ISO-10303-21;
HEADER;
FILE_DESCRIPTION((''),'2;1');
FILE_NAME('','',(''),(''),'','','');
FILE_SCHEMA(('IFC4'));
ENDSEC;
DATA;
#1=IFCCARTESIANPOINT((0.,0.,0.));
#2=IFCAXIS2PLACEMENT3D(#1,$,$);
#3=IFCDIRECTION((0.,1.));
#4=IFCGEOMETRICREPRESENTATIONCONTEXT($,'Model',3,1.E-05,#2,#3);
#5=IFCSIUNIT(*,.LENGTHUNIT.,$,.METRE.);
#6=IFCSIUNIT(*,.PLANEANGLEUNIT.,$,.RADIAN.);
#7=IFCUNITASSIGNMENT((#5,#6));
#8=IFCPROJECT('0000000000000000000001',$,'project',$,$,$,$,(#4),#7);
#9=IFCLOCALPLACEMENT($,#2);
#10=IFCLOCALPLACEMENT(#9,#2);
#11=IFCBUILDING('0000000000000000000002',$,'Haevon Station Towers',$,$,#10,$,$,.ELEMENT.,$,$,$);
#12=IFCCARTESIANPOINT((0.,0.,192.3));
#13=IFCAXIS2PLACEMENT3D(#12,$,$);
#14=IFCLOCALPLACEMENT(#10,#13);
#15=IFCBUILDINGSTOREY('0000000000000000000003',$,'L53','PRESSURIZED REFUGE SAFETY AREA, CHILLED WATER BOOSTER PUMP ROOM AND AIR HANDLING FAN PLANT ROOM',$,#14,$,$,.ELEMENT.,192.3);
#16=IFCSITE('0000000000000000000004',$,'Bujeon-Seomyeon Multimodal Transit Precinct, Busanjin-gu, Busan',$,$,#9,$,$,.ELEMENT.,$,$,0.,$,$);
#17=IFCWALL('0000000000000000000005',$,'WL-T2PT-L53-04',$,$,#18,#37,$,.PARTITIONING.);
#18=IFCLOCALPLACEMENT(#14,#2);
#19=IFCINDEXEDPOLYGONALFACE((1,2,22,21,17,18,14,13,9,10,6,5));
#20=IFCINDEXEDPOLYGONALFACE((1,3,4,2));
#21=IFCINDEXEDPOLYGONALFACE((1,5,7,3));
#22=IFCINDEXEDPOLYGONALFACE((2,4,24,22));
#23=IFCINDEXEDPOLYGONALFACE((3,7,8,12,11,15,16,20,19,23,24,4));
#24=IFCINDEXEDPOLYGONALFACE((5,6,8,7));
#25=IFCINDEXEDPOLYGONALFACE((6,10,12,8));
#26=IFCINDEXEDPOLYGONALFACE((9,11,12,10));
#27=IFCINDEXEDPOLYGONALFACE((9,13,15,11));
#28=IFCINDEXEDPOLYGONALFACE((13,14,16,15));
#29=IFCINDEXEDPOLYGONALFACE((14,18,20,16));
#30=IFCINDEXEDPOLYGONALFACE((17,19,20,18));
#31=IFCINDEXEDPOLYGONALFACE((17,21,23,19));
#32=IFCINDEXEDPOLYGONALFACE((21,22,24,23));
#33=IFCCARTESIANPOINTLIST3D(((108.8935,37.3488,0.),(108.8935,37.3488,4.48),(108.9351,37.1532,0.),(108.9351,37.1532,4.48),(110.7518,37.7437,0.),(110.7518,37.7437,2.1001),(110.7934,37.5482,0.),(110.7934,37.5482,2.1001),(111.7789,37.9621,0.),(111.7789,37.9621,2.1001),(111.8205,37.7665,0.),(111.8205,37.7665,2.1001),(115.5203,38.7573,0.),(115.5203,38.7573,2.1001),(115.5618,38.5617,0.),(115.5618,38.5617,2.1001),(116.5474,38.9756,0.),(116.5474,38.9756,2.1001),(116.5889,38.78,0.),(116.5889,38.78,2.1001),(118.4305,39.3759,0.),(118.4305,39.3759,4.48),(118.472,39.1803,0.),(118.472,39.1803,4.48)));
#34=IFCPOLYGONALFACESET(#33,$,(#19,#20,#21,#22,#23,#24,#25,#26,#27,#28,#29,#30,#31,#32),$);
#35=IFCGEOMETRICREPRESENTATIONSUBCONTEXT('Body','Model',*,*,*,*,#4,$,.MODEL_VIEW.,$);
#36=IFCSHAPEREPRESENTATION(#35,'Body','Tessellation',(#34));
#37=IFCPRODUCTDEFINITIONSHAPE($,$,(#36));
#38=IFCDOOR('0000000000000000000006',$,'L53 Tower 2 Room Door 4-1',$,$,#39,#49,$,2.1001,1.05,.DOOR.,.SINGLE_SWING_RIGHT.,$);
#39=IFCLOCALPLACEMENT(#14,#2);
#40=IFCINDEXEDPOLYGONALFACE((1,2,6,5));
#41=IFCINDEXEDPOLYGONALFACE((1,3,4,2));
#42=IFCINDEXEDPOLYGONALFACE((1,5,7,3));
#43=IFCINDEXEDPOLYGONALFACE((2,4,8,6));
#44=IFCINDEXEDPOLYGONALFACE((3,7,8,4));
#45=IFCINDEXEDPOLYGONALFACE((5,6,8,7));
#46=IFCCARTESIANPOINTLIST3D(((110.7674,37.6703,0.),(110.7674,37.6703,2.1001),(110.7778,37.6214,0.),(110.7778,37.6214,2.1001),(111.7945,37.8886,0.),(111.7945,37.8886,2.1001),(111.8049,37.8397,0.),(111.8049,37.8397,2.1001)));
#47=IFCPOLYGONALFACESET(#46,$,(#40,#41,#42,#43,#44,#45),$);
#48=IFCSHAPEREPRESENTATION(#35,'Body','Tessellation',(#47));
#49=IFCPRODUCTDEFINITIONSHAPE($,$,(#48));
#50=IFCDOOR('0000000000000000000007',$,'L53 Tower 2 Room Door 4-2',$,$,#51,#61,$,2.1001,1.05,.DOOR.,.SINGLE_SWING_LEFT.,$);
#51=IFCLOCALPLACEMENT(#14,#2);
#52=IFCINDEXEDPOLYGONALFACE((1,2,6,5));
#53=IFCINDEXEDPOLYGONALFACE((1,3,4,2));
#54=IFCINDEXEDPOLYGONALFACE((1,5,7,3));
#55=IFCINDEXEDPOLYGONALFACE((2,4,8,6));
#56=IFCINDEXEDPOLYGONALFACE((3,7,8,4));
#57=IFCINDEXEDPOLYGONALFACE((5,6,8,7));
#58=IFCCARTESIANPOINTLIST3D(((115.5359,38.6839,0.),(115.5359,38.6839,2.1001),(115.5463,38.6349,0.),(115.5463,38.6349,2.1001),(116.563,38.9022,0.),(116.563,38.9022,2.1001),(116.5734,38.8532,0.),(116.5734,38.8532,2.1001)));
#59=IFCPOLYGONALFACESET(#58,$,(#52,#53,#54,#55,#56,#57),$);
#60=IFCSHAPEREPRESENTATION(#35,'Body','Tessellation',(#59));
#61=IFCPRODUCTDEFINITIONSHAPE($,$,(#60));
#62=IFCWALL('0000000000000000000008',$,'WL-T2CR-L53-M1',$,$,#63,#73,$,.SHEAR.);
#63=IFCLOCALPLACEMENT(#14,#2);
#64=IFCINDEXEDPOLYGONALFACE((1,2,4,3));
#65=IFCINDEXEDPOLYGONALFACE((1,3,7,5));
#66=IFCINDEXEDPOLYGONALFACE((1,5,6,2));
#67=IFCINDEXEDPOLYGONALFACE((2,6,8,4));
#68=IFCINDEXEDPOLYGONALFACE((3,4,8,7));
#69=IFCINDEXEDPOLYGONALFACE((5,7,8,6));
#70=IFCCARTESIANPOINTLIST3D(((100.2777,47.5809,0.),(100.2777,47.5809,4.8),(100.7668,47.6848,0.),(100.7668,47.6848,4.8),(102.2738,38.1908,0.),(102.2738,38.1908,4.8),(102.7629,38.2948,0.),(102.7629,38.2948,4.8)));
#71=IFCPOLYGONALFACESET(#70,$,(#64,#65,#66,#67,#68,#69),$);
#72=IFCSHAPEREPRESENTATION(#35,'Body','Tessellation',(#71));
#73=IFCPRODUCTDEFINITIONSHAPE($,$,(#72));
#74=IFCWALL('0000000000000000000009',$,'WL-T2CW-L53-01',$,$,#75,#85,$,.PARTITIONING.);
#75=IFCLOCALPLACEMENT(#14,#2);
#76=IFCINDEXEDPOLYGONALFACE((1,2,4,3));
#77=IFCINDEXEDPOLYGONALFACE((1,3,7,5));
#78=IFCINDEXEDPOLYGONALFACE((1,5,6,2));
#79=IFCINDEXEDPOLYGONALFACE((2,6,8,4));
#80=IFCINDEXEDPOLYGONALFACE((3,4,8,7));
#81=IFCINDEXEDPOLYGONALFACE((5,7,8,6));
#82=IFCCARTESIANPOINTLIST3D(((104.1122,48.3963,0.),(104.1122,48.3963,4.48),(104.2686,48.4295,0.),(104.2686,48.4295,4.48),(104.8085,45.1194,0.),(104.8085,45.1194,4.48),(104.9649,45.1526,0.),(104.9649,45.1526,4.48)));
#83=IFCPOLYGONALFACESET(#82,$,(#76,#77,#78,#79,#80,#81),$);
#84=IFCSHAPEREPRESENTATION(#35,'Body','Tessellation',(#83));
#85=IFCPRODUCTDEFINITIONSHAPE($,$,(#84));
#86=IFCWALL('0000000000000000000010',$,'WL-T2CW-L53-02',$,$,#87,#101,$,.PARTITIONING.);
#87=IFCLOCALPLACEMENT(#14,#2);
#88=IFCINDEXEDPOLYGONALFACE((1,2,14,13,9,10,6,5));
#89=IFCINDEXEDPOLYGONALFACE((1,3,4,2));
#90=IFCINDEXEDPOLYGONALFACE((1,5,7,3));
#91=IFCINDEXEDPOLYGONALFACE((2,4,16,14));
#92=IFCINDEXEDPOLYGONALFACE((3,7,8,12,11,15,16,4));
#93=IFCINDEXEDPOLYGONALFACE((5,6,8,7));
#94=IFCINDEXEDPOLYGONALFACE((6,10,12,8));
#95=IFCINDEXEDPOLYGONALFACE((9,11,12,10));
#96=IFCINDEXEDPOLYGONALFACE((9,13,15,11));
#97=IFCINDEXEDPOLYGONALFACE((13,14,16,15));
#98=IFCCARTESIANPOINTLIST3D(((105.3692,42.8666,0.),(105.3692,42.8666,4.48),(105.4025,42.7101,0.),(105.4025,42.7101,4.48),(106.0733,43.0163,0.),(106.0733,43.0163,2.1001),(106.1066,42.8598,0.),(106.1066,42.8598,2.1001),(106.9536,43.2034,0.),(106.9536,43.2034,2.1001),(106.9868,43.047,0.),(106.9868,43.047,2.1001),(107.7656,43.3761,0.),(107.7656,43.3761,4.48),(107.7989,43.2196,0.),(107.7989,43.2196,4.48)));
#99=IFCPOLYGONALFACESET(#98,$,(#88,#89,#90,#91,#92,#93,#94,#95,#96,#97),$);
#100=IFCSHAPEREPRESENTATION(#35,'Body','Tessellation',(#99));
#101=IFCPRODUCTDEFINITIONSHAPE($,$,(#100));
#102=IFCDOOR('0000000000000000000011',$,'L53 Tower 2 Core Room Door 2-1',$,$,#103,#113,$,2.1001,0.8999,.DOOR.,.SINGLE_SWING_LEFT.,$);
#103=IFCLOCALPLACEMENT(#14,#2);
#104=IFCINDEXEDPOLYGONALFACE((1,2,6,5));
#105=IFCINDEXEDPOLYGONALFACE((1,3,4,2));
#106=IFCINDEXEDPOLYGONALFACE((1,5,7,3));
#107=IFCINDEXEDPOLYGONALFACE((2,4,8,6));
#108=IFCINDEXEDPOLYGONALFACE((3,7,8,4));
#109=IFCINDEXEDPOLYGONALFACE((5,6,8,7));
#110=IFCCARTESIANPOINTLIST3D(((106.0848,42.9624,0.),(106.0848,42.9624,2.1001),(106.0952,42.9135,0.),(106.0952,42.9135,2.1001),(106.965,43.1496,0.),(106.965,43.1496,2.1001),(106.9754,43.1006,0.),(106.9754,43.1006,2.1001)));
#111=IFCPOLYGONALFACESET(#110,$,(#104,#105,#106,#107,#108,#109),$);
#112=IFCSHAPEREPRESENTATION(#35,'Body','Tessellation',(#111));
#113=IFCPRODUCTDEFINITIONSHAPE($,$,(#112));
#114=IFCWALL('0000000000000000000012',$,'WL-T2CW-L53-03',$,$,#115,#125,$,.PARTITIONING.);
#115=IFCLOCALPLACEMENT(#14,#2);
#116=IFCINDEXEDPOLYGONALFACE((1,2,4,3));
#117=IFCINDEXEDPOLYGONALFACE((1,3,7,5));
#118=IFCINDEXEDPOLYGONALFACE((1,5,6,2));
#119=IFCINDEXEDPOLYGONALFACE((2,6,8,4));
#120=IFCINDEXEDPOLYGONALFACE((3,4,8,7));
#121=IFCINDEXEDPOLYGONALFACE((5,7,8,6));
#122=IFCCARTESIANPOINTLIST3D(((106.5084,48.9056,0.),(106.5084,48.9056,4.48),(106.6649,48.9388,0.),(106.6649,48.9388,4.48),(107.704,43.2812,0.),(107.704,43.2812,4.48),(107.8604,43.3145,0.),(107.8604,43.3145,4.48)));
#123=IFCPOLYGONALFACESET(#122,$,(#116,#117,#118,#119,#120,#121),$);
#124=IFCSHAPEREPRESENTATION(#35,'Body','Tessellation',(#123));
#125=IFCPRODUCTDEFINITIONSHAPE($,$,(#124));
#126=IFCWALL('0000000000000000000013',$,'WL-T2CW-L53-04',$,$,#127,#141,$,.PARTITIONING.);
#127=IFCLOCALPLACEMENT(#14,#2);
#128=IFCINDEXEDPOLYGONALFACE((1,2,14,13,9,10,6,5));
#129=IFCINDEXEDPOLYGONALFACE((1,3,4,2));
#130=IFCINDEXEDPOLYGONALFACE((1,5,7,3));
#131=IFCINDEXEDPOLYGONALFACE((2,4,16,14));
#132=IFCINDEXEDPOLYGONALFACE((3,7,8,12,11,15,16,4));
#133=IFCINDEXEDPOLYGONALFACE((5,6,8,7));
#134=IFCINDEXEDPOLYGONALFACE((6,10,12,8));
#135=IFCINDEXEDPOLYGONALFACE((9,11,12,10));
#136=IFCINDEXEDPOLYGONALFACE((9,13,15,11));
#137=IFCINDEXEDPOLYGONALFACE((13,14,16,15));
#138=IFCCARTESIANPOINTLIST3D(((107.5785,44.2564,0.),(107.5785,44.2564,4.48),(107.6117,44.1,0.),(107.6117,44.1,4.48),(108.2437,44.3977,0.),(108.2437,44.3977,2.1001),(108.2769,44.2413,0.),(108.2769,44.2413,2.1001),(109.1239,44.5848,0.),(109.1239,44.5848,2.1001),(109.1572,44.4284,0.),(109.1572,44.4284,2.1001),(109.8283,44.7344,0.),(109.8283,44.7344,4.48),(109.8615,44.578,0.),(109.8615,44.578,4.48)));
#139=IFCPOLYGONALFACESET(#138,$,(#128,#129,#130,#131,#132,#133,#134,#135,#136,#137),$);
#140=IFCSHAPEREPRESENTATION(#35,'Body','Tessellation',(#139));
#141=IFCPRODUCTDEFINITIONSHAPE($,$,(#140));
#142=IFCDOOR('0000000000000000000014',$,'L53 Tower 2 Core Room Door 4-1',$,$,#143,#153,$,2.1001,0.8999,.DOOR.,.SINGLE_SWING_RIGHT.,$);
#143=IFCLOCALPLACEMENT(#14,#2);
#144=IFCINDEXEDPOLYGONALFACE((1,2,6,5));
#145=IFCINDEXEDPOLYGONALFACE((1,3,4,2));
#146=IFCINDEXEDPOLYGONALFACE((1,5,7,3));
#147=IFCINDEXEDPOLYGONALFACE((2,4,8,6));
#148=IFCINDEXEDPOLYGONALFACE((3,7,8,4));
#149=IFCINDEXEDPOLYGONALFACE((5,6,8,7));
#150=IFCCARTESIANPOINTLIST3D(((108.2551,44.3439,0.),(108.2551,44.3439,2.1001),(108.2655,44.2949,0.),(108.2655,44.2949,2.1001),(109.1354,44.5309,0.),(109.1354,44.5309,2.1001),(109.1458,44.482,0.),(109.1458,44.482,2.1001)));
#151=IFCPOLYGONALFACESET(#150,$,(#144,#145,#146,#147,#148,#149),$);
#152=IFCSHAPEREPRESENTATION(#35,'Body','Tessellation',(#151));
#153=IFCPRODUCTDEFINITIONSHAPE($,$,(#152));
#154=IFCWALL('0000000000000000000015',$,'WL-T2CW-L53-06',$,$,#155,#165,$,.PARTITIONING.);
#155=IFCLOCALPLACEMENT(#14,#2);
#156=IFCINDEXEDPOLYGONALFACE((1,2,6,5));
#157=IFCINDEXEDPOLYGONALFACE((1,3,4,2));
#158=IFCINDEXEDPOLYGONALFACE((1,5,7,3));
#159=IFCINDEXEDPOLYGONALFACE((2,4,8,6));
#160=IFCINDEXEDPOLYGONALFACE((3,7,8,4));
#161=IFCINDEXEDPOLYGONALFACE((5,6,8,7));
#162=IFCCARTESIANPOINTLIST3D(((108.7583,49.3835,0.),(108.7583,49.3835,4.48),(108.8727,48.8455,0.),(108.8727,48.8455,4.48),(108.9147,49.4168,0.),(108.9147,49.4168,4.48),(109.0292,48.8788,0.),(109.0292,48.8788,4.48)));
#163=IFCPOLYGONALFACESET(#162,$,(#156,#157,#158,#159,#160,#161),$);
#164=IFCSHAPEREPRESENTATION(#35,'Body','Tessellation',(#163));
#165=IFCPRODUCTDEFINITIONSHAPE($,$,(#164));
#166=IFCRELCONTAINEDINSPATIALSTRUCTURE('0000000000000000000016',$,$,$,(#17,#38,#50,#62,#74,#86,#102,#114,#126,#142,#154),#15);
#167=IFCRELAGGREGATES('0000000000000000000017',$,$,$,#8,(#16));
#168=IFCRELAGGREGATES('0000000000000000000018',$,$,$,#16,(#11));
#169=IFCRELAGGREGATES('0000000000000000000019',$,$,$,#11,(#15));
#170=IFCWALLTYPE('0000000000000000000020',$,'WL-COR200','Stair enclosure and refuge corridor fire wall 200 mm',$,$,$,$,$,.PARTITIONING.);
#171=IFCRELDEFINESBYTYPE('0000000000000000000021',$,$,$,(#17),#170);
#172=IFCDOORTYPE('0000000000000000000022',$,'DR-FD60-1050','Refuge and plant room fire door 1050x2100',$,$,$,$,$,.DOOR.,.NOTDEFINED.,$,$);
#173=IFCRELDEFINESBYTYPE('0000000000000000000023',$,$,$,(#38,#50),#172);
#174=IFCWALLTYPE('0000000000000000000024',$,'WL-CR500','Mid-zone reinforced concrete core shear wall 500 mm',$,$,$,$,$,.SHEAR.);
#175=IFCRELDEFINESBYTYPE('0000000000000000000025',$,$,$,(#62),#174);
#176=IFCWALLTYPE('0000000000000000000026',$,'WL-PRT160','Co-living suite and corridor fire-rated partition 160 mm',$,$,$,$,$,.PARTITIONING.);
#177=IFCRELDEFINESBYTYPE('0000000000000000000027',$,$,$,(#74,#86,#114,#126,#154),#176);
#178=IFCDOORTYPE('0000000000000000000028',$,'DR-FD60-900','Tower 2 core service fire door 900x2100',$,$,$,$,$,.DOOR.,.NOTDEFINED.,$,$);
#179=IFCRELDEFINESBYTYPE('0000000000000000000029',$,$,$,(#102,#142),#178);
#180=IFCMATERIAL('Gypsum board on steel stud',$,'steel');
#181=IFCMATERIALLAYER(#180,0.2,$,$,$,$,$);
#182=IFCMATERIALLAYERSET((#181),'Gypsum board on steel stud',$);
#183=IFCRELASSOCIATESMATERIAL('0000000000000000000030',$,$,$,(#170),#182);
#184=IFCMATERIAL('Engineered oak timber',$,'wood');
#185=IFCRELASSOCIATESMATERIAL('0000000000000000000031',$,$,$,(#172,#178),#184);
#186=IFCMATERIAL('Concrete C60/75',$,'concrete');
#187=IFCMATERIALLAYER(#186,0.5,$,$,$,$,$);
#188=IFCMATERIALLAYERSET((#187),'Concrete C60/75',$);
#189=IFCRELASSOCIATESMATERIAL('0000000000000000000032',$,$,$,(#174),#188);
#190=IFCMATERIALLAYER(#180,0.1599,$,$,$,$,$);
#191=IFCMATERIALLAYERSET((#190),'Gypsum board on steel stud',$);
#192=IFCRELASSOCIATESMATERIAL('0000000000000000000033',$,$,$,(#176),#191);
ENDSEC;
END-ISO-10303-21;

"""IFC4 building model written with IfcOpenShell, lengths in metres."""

from ifc_helpers import new_model, si_unit, direction, frame, frame_2d, origin, place, context, subcontext, project, spatial, rectangle, extrude, material, layer, layer_set, type_object, element, fill, save


model = new_model("IFC4")

# Units and contexts
model_context = context("Model", 3, precision=1e-05, world=origin(), true_north=direction((0.0, 1.0)))
body_context = subcontext(model_context, "Body", "Model", "MODEL_VIEW")
ifc_project = project(units=[si_unit("LENGTHUNIT", "METRE"), si_unit("PLANEANGLEUNIT", "RADIAN")], contexts=[model_context])

# Site, building, storey
site_placement = place(None, origin())
site = spatial("IfcSite", under=ifc_project, at=site_placement, Name="Bujeon-Seomyeon Multimodal Transit Precinct, Busanjin-gu, Busan", CompositionType="ELEMENT", RefElevation=0.0)
building_placement = place(site_placement, origin())
building = spatial("IfcBuilding", under=site, at=building_placement, Name="Haevon Station Towers", CompositionType="ELEMENT")
storey_placement = place(building_placement, frame((0.0, 0.0, 192.3)))
storey = spatial("IfcBuildingStorey", under=building, at=storey_placement, Name="L53", Description="PRESSURIZED REFUGE SAFETY AREA, CHILLED WATER BOOSTER PUMP ROOM AND AIR HANDLING FAN PLANT ROOM", CompositionType="ELEMENT", Elevation=192.3)

# Shared definitions
ifc_material_1 = material(Name="Gypsum board on steel stud", Category="steel")
ifc_layer_1 = layer(ifc_material_1, 0.2)
ifc_layer_set_1 = layer_set([ifc_layer_1], Name="Gypsum board on steel stud")
wall_type_1 = type_object("IfcWallType", Name="WL-COR200", Description="Stair enclosure and refuge corridor fire wall 200 mm", PredefinedType="PARTITIONING", material=ifc_layer_set_1)
ifc_material_2 = material(Name="Engineered oak timber", Category="wood")
door_type_1 = type_object("IfcDoorType", Name="DR-FD60-1050", Description="Refuge and plant room fire door 1050x2100", OperationType="NOTDEFINED", PredefinedType="DOOR", material=ifc_material_2)

# Wall, openings, doors
door_type_2 = type_object("IfcDoorType", Name="DR-FD60-900", Description="Tower 2 core service fire door 900x2100", OperationType="NOTDEFINED", PredefinedType="DOOR", material=ifc_material_2)
wall_1_placement = place(storey_placement, frame((108.9143, 37.251, 0.0), z_axis=(0.0, 0.0, 1.0), x_axis=(0.978148, 0.207909, 0.0)))
wall_1 = element("IfcWall", 1, at=wall_1_placement, inside=storey, type_object=wall_type_1, Name="WL-T2PT-L53-04", PredefinedType="PARTITIONING", context=body_context, shape_type="SweptSolid", body=[
    extrude(rectangle(XDim=9.75, YDim=0.2, at=frame_2d((4.875, 0.0))), origin(), (0.0, 0.0, 1.0), 4.48),
])
opening_1_placement = place(wall_1_placement, frame((1.8999, 0.0, 0.0)))
opening_1 = element("IfcOpeningElement", 2, at=opening_1_placement, cuts=wall_1, PredefinedType="OPENING", context=body_context, shape_type="SweptSolid", body=[
    extrude(rectangle(XDim=1.05, YDim=2.1001, at=frame_2d((0.5249, 1.05))), frame((0.0, 0.1099, 0.0), z_axis=(0.0, -1.0, 0.0), x_axis=(1.0, 0.0, 0.0)), (0.0, 0.0, 1.0), 0.22),
])
opening_2_placement = place(wall_1_placement, frame((6.7749, 0.0, 0.0)))
opening_2 = element("IfcOpeningElement", 3, at=opening_2_placement, cuts=wall_1, PredefinedType="OPENING", context=body_context, shape_type="SweptSolid", body=[
    extrude(rectangle(XDim=1.05, YDim=2.1001, at=frame_2d((0.5249, 1.05))), frame((0.0, 0.1099, 0.0), z_axis=(0.0, -1.0, 0.0), x_axis=(1.0, 0.0, 0.0)), (0.0, 0.0, 1.0), 0.22),
])
door_1_placement = place(opening_1_placement, origin())
door_1 = element("IfcDoor", 4, at=door_1_placement, inside=storey, type_object=door_type_1, Name="L53 Tower 2 Room Door 4-1", OperationType="SINGLE_SWING_RIGHT", OverallHeight=2.1001, OverallWidth=1.05, PredefinedType="DOOR", context=body_context, shape_type="SweptSolid", body=[
    extrude(rectangle(XDim=1.05, YDim=2.1001, at=frame_2d((0.5249, 1.05))), frame((0.0, 0.0249, 0.0), z_axis=(0.0, -1.0, 0.0), x_axis=(1.0, 0.0, 0.0)), (0.0, 0.0, 1.0), 0.05),
])
fill(opening_1, door_1)
door_2_placement = place(opening_2_placement, origin())
door_2 = element("IfcDoor", 5, at=door_2_placement, inside=storey, type_object=door_type_1, Name="L53 Tower 2 Room Door 4-2", OperationType="SINGLE_SWING_LEFT", OverallHeight=2.1001, OverallWidth=1.05, PredefinedType="DOOR", context=body_context, shape_type="SweptSolid", body=[
    extrude(rectangle(XDim=1.05, YDim=2.1001, at=frame_2d((0.5249, 1.05))), frame((0.0, 0.0249, 0.0), z_axis=(0.0, -1.0, 0.0), x_axis=(1.0, 0.0, 0.0)), (0.0, 0.0, 1.0), 0.05),
])
fill(opening_2, door_2)

# Walls
ifc_material_3 = material(Name="Concrete C60/75", Category="concrete")
ifc_layer_2 = layer(ifc_material_3, 0.5)
ifc_layer_set_2 = layer_set([ifc_layer_2], Name="Concrete C60/75")
wall_type_2 = type_object("IfcWallType", Name="WL-CR500", Description="Mid-zone reinforced concrete core shear wall 500 mm", PredefinedType="SHEAR", material=ifc_layer_set_2)
wall_2_placement = place(storey_placement, frame((102.5183, 38.2429, 0.0), z_axis=(0.0, 0.0, 1.0), x_axis=(-0.207927, 0.978144, 0.0)))
element("IfcWall", 6, at=wall_2_placement, inside=storey, type_object=wall_type_2, Name="WL-T2CR-L53-M1", PredefinedType="SHEAR", context=body_context, shape_type="SweptSolid", body=[
    extrude(rectangle(XDim=9.5999, YDim=0.5, at=frame_2d((4.7998, 0.0))), origin(), (0.0, 0.0, 1.0), 4.8),
])
ifc_layer_3 = layer(ifc_material_1, 0.1599)
ifc_layer_set_3 = layer_set([ifc_layer_3], Name="Gypsum board on steel stud")
wall_type_3 = type_object("IfcWallType", Name="WL-PRT160", Description="Co-living suite and corridor fire-rated partition 160 mm", PredefinedType="PARTITIONING", material=ifc_layer_set_3)
wall_3_placement = place(storey_placement, frame((104.8867, 45.136, 0.0), z_axis=(0.0, 0.0, 1.0), x_axis=(-0.207847, 0.978161, 0.0)))
element("IfcWall", 7, at=wall_3_placement, inside=storey, type_object=wall_type_3, Name="WL-T2CW-L53-01", PredefinedType="PARTITIONING", context=body_context, shape_type="SweptSolid", body=[
    extrude(rectangle(XDim=3.3501, YDim=0.1599, at=frame_2d((1.675, 0.0))), origin(), (0.0, 0.0, 1.0), 4.48),
])

# Wall, opening, door
wall_4_placement = place(storey_placement, frame((105.3857, 42.7883, 0.0), z_axis=(0.0, 0.0, 1.0), x_axis=(0.978137, 0.207964, 0.0)))
wall_4 = element("IfcWall", 8, at=wall_4_placement, inside=storey, type_object=wall_type_3, Name="WL-T2CW-L53-02", PredefinedType="PARTITIONING", context=body_context, shape_type="SweptSolid", body=[
    extrude(rectangle(XDim=2.45, YDim=0.1599, at=frame_2d((1.2251, 0.0))), origin(), (0.0, 0.0, 1.0), 4.48),
])
opening_3_placement = place(wall_4_placement, frame((0.72, 0.0, 0.0)))
opening_3 = element("IfcOpeningElement", 9, at=opening_3_placement, cuts=wall_4, PredefinedType="OPENING", context=body_context, shape_type="SweptSolid", body=[
    extrude(rectangle(XDim=0.8999, YDim=2.1001, at=frame_2d((0.45, 1.05))), frame((0.0, 0.0898, 0.0), z_axis=(0.0, -1.0, 0.0), x_axis=(1.0, 0.0, 0.0)), (0.0, 0.0, 1.0), 0.1799),
])
door_3_placement = place(opening_3_placement, origin())
door_3 = element("IfcDoor", 10, at=door_3_placement, inside=storey, type_object=door_type_2, Name="L53 Tower 2 Core Room Door 2-1", OperationType="SINGLE_SWING_LEFT", OverallHeight=2.1001, OverallWidth=0.8999, PredefinedType="DOOR", context=body_context, shape_type="SweptSolid", body=[
    extrude(rectangle(XDim=0.8999, YDim=2.1001, at=frame_2d((0.45, 1.05))), frame((0.0, 0.0249, 0.0), z_axis=(0.0, -1.0, 0.0), x_axis=(1.0, 0.0, 0.0)), (0.0, 0.0, 1.0), 0.05),
])
fill(opening_3, door_3)

# Wall
wall_5_placement = place(storey_placement, frame((107.7822, 43.2979, 0.0), z_axis=(0.0, 0.0, 1.0), x_axis=(-0.207925, 0.978145, 0.0)))
element("IfcWall", 11, at=wall_5_placement, inside=storey, type_object=wall_type_3, Name="WL-T2CW-L53-03", PredefinedType="PARTITIONING", context=body_context, shape_type="SweptSolid", body=[
    extrude(rectangle(XDim=5.75, YDim=0.1599, at=frame_2d((2.875, 0.0))), origin(), (0.0, 0.0, 1.0), 4.48),
])

# Wall, opening, door
wall_6_placement = place(storey_placement, frame((107.5952, 44.1782, 0.0), z_axis=(0.0, 0.0, 1.0), x_axis=(0.978163, 0.20784, 0.0)))
wall_6 = element("IfcWall", 12, at=wall_6_placement, inside=storey, type_object=wall_type_3, Name="WL-T2CW-L53-04", PredefinedType="PARTITIONING", context=body_context, shape_type="SweptSolid", body=[
    extrude(rectangle(XDim=2.3, YDim=0.1599, at=frame_2d((1.1499, 0.0))), origin(), (0.0, 0.0, 1.0), 4.48),
])
opening_4_placement = place(wall_6_placement, frame((0.6799, 0.0, 0.0)))
opening_4 = element("IfcOpeningElement", 13, at=opening_4_placement, cuts=wall_6, PredefinedType="OPENING", context=body_context, shape_type="SweptSolid", body=[
    extrude(rectangle(XDim=0.8999, YDim=2.1001, at=frame_2d((0.45, 1.05))), frame((0.0, 0.0898, 0.0), z_axis=(0.0, -1.0, 0.0), x_axis=(1.0, 0.0, 0.0)), (0.0, 0.0, 1.0), 0.1799),
])
door_4_placement = place(opening_4_placement, origin())
door_4 = element("IfcDoor", 14, at=door_4_placement, inside=storey, type_object=door_type_2, Name="L53 Tower 2 Core Room Door 4-1", OperationType="SINGLE_SWING_RIGHT", OverallHeight=2.1001, OverallWidth=0.8999, PredefinedType="DOOR", context=body_context, shape_type="SweptSolid", body=[
    extrude(rectangle(XDim=0.8999, YDim=2.1001, at=frame_2d((0.45, 1.05))), frame((0.0, 0.0249, 0.0), z_axis=(0.0, -1.0, 0.0), x_axis=(1.0, 0.0, 0.0)), (0.0, 0.0, 1.0), 0.05),
])
fill(opening_4, door_4)

# Wall
wall_7_placement = place(storey_placement, frame((108.9509, 48.8623, 0.0), z_axis=(0.0, 0.0, 1.0), x_axis=(-0.208135, 0.9781, 0.0)))
element("IfcWall", 15, at=wall_7_placement, inside=storey, type_object=wall_type_3, Name="WL-T2CW-L53-06", PredefinedType="PARTITIONING", context=body_context, shape_type="SweptSolid", body=[
    extrude(rectangle(XDim=0.55, YDim=0.1599, at=frame_2d((0.2749, 0.0))), origin(), (0.0, 0.0, 1.0), 4.48),
])

save(model, "model.ifc")
